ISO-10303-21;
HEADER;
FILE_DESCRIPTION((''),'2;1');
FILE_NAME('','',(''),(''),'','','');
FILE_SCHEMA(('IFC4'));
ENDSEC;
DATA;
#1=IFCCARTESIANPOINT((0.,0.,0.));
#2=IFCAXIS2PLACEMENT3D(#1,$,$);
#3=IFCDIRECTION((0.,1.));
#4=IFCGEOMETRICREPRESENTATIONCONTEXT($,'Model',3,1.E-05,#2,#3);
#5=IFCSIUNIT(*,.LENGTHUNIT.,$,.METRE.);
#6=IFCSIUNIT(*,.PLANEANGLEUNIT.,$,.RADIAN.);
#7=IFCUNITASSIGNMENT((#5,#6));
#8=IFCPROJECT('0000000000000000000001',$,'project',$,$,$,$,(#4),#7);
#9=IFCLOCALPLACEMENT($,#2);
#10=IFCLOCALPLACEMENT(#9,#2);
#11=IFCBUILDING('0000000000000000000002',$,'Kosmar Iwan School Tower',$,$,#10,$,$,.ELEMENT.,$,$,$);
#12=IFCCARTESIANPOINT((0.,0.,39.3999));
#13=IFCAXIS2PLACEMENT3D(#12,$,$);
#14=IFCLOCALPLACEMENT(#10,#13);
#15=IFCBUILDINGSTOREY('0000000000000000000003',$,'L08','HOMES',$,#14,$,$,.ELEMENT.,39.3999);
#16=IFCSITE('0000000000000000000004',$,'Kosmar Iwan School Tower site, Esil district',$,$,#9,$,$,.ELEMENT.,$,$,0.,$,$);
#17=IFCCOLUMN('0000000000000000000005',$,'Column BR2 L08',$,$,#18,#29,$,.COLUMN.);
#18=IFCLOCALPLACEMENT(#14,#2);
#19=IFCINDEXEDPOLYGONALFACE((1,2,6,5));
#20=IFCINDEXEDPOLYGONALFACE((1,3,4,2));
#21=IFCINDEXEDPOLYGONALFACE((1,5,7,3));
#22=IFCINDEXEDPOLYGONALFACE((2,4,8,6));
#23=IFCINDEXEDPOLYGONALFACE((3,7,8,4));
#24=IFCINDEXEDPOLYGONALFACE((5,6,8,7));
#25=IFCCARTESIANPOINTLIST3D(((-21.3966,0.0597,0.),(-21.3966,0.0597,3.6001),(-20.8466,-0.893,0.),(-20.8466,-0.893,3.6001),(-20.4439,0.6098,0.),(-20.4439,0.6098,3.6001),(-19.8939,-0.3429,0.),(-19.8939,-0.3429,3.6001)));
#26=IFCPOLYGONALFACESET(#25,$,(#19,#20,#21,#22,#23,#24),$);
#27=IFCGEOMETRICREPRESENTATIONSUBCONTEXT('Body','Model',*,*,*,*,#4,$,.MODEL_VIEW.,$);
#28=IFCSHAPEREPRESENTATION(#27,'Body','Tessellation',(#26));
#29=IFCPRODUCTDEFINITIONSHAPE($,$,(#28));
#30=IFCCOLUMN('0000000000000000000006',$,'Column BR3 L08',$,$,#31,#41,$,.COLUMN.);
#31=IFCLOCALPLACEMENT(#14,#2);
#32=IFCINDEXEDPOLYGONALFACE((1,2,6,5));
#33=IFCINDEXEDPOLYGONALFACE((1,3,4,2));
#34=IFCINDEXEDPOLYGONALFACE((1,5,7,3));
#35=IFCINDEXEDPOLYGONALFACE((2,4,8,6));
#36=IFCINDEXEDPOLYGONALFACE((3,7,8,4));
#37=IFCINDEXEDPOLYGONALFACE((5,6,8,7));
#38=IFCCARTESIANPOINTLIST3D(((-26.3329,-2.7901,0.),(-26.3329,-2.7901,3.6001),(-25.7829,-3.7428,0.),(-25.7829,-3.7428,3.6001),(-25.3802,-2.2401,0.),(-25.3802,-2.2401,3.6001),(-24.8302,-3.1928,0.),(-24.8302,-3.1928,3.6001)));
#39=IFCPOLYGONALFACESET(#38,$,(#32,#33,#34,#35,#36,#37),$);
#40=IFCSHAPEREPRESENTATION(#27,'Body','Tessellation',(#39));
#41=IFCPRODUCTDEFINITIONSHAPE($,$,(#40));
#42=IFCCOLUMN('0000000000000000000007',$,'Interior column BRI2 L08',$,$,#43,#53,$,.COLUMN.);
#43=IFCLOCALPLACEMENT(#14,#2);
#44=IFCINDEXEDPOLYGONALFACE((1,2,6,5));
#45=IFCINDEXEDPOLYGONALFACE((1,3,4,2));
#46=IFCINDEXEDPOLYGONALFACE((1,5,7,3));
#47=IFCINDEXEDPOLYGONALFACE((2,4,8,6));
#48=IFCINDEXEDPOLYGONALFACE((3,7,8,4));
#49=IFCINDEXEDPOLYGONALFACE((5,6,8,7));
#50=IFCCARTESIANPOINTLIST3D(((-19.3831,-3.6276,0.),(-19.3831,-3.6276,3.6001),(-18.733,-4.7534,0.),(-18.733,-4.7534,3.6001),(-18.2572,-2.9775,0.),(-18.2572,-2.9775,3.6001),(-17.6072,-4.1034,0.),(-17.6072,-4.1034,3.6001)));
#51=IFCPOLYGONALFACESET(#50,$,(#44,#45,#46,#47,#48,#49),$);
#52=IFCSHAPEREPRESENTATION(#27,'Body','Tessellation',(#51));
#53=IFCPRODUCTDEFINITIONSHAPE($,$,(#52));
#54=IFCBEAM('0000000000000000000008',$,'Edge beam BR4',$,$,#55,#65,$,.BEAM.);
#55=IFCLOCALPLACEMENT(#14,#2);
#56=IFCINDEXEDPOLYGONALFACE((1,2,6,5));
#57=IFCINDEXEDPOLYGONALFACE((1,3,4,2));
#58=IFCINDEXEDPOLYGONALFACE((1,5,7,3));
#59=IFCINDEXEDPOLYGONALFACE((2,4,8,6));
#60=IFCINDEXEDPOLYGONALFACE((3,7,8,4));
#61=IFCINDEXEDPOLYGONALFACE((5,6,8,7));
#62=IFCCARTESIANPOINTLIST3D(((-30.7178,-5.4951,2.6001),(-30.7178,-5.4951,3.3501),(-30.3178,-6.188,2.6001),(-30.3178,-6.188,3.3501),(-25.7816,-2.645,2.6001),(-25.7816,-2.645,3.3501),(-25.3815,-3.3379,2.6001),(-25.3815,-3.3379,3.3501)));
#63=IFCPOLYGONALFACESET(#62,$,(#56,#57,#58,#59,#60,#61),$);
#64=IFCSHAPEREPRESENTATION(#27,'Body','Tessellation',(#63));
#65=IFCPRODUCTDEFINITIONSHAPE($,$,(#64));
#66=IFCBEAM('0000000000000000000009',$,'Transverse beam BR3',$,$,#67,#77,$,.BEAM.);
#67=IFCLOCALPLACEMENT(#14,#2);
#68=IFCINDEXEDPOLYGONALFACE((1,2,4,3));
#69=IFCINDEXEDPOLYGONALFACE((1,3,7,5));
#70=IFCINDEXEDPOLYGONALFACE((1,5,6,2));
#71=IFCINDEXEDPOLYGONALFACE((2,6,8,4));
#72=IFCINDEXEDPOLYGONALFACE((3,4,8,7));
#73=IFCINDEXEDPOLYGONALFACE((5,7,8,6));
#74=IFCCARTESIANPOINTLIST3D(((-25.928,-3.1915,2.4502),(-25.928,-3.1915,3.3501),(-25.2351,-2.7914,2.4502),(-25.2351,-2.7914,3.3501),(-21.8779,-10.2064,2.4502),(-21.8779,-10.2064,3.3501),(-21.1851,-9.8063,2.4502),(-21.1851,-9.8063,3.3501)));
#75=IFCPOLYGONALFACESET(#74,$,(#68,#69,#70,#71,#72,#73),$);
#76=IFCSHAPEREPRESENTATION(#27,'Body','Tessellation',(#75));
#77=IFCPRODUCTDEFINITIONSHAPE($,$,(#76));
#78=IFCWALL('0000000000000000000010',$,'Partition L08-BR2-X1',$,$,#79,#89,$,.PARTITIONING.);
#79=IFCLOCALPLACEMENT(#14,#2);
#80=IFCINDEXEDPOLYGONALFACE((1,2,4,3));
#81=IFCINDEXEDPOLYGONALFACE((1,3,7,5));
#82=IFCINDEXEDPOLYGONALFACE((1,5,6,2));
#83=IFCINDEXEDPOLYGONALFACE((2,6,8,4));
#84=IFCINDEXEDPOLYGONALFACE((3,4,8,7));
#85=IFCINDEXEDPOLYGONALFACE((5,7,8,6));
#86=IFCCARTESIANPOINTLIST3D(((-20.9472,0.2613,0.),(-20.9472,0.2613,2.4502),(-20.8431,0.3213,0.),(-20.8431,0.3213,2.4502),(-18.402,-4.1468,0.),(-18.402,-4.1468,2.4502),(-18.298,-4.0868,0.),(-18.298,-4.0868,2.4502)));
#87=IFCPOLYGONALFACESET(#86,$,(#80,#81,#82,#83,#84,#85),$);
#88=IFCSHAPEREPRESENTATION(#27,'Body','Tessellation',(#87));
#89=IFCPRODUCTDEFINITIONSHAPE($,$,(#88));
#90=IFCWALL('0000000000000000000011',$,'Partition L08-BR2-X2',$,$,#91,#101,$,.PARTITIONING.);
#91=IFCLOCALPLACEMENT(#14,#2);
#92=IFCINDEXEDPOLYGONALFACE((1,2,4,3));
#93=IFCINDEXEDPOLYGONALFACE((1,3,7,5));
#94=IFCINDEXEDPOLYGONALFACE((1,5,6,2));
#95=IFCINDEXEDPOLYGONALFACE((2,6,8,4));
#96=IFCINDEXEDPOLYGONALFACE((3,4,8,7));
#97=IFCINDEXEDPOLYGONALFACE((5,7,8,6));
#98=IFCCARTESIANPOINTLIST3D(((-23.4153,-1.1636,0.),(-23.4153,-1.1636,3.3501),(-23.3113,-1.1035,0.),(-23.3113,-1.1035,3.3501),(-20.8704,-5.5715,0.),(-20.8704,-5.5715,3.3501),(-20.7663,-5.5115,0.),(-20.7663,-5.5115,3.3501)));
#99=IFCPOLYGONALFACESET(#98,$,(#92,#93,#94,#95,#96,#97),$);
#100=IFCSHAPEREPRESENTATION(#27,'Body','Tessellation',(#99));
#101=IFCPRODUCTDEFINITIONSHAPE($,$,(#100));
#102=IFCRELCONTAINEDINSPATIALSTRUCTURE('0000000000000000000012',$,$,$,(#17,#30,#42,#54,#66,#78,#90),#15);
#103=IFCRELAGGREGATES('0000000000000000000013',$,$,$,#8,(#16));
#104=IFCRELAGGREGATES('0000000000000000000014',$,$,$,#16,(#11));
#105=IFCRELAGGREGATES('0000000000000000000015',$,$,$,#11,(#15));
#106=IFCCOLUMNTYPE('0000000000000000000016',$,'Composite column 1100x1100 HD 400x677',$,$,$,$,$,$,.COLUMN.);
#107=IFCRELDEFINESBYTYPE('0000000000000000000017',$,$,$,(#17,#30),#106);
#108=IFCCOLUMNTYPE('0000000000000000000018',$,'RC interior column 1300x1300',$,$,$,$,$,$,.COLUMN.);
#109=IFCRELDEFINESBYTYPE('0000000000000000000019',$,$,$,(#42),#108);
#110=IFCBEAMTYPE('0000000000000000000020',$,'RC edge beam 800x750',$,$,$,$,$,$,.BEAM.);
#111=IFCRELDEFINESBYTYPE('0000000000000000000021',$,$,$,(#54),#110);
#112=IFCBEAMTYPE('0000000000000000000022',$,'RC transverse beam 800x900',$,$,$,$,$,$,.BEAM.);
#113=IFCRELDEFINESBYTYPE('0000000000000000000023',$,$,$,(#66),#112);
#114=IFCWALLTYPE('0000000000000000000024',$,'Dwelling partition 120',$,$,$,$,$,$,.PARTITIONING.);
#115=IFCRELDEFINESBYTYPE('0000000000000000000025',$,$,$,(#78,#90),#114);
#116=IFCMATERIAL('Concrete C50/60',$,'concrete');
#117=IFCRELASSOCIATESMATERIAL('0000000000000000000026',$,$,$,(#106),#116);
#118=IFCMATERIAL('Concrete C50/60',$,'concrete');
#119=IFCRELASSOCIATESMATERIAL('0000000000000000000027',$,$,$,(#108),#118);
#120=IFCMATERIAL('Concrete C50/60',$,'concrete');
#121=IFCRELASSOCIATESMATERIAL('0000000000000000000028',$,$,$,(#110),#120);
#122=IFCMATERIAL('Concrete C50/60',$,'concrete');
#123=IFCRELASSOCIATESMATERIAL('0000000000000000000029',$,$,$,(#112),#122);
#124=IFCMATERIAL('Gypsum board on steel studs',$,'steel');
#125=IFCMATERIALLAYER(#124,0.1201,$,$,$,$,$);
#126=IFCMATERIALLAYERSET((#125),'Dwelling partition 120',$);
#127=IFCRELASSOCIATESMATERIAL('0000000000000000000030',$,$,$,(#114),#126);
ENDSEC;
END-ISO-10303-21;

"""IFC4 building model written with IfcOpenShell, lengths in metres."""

from ifc_helpers import new_model, si_unit, direction, frame, frame_2d, origin, origin_2d, place, context, subcontext, project, spatial, rectangle, extrude, material, layer, layer_set, material_profile, profile_set, type_object, element, save


model = new_model("IFC4")

# Units and contexts
model_context = context("Model", 3, precision=1e-05, world=origin(), true_north=direction((0.0, 1.0)))
body_context = subcontext(model_context, "Body", "Model", "MODEL_VIEW")
ifc_project = project(units=[si_unit("LENGTHUNIT", "METRE"), si_unit("PLANEANGLEUNIT", "RADIAN")], contexts=[model_context])

# Site, building, storey
site_placement = place(None, origin())
site = spatial("IfcSite", under=ifc_project, at=site_placement, Name="Kosmar Iwan School Tower site, Esil district", CompositionType="ELEMENT", RefElevation=0.0)
building_placement = place(site_placement, origin())
building = spatial("IfcBuilding", under=site, at=building_placement, Name="Kosmar Iwan School Tower", CompositionType="ELEMENT")
storey_placement = place(building_placement, frame((0.0, 0.0, 39.3999)))
storey = spatial("IfcBuildingStorey", under=building, at=storey_placement, Name="L08", Description="HOMES", CompositionType="ELEMENT", Elevation=39.3999)

# Columns
ifc_material_1 = material(Name="Concrete C50/60", Category="concrete")
ifc_material_profile_1 = material_profile(ifc_material_1, rectangle(XDim=1.1001, YDim=1.1001, at=origin_2d()), Name="RC 1100x1100 + HD 400x677")
ifc_profile_set_1 = profile_set([ifc_material_profile_1], Name="Concrete C50/60")
column_type_1 = type_object("IfcColumnType", Name="Composite column 1100x1100 HD 400x677", PredefinedType="COLUMN", material=ifc_profile_set_1)
for number, where, z_axis, x_axis, name in (
    (1, (-20.6453, -0.1416, 0.0), (0.0, 0.0, 1.0), (-0.866025, -0.5, 0.0), "Column BR2 L08"),
    (2, (-25.5815, -2.9915, 0.0), (0.0, 0.0, 1.0), (-0.866025, -0.5, 0.0), "Column BR3 L08"),
):
    element("IfcColumn", number, at=place(storey_placement, frame(where, z_axis=z_axis, x_axis=x_axis)), inside=storey, type_object=column_type_1, Name=name, PredefinedType="COLUMN", context=body_context, shape_type="SweptSolid", body=[
        extrude(rectangle(XDim=1.1001, YDim=1.1001, at=origin_2d()), origin(), (0.0, 0.0, 1.0), 3.6001),
    ])
ifc_material_2 = material(Name="Concrete C50/60", Category="concrete")
ifc_material_profile_2 = material_profile(ifc_material_2, rectangle(XDim=1.3, YDim=1.3, at=origin_2d()), Name="RC 1300x1300")
ifc_profile_set_2 = profile_set([ifc_material_profile_2], Name="Concrete C50/60")
column_type_2 = type_object("IfcColumnType", Name="RC interior column 1300x1300", PredefinedType="COLUMN", material=ifc_profile_set_2)
column_placement = place(storey_placement, frame((-18.4951, -3.8655, 0.0), z_axis=(0.0, 0.0, 1.0), x_axis=(-0.866025, -0.5, 0.0)))
element("IfcColumn", 3, at=column_placement, inside=storey, type_object=column_type_2, Name="Interior column BRI2 L08", PredefinedType="COLUMN", context=body_context, shape_type="SweptSolid", body=[
    extrude(rectangle(XDim=1.3, YDim=1.3, at=origin_2d()), origin(), (0.0, 0.0, 1.0), 3.6001),
])

# Beams
ifc_material_3 = material(Name="Concrete C50/60", Category="concrete")
ifc_material_profile_3 = material_profile(ifc_material_3, rectangle(XDim=0.8, YDim=0.75, at=origin_2d()), Name="RC 800x750")
ifc_profile_set_3 = profile_set([ifc_material_profile_3], Name="Concrete C50/60")
beam_type_1 = type_object("IfcBeamType", Name="RC edge beam 800x750", PredefinedType="BEAM", material=ifc_profile_set_3)
beam_1_placement = place(storey_placement, frame((-25.5815, -2.9915, 2.9751), z_axis=(-0.866015, -0.500018, 0.0), x_axis=(0.500018, -0.866015, 0.0)))
element("IfcBeam", 4, at=beam_1_placement, inside=storey, type_object=beam_type_1, Name="Edge beam BR4", PredefinedType="BEAM", context=body_context, shape_type="SweptSolid", body=[
    extrude(rectangle(XDim=0.8, YDim=0.75, at=origin_2d()), origin(), (0.0, 0.0, 1.0), 5.7),
])
ifc_material_4 = material(Name="Concrete C50/60", Category="concrete")
ifc_material_profile_4 = material_profile(ifc_material_4, rectangle(XDim=0.8, YDim=0.8999, at=origin_2d()), Name="RC 800x900")
ifc_profile_set_4 = profile_set([ifc_material_profile_4], Name="Concrete C50/60")
beam_type_2 = type_object("IfcBeamType", Name="RC transverse beam 800x900", PredefinedType="BEAM", material=ifc_profile_set_4)
beam_2_placement = place(storey_placement, frame((-25.5815, -2.9915, 2.9001), z_axis=(0.5, -0.866025, 0.0), x_axis=(0.866025, 0.5, 0.0)))
element("IfcBeam", 5, at=beam_2_placement, inside=storey, type_object=beam_type_2, Name="Transverse beam BR3", PredefinedType="BEAM", context=body_context, shape_type="SweptSolid", body=[
    extrude(rectangle(XDim=0.8, YDim=0.8999, at=origin_2d()), origin(), (0.0, 0.0, 1.0), 8.1001),
])

# Walls
ifc_material_5 = material(Name="Gypsum board on steel studs", Category="steel")
ifc_layer = layer(ifc_material_5, 0.1201)
ifc_layer_set = layer_set([ifc_layer], Name="Dwelling partition 120")
wall_type = type_object("IfcWallType", Name="Dwelling partition 120", PredefinedType="PARTITIONING", material=ifc_layer_set)
wall_1_placement = place(storey_placement, frame((-18.3501, -4.1167, 0.0), z_axis=(0.0, 0.0, 1.0), x_axis=(-0.500013, 0.866018, 0.0)))
element("IfcWall", 6, at=wall_1_placement, inside=storey, type_object=wall_type, Name="Partition L08-BR2-X1", PredefinedType="PARTITIONING", context=body_context, shape_type="SweptSolid", body=[
    extrude(rectangle(XDim=5.0901, YDim=0.1201, at=frame_2d((2.5449, 0.0))), origin(), (0.0, 0.0, 1.0), 2.4502),
])
wall_2_placement = place(storey_placement, frame((-20.8184, -5.5415, 0.0), z_axis=(0.0, 0.0, 1.0), x_axis=(-0.499998, 0.866027, 0.0)))
element("IfcWall", 7, at=wall_2_placement, inside=storey, type_object=wall_type, Name="Partition L08-BR2-X2", PredefinedType="PARTITIONING", context=body_context, shape_type="SweptSolid", body=[
    extrude(rectangle(XDim=5.0898, YDim=0.1201, at=frame_2d((2.5449, 0.0))), origin(), (0.0, 0.0, 1.0), 3.3501),
])

save(model, "model.ifc")
